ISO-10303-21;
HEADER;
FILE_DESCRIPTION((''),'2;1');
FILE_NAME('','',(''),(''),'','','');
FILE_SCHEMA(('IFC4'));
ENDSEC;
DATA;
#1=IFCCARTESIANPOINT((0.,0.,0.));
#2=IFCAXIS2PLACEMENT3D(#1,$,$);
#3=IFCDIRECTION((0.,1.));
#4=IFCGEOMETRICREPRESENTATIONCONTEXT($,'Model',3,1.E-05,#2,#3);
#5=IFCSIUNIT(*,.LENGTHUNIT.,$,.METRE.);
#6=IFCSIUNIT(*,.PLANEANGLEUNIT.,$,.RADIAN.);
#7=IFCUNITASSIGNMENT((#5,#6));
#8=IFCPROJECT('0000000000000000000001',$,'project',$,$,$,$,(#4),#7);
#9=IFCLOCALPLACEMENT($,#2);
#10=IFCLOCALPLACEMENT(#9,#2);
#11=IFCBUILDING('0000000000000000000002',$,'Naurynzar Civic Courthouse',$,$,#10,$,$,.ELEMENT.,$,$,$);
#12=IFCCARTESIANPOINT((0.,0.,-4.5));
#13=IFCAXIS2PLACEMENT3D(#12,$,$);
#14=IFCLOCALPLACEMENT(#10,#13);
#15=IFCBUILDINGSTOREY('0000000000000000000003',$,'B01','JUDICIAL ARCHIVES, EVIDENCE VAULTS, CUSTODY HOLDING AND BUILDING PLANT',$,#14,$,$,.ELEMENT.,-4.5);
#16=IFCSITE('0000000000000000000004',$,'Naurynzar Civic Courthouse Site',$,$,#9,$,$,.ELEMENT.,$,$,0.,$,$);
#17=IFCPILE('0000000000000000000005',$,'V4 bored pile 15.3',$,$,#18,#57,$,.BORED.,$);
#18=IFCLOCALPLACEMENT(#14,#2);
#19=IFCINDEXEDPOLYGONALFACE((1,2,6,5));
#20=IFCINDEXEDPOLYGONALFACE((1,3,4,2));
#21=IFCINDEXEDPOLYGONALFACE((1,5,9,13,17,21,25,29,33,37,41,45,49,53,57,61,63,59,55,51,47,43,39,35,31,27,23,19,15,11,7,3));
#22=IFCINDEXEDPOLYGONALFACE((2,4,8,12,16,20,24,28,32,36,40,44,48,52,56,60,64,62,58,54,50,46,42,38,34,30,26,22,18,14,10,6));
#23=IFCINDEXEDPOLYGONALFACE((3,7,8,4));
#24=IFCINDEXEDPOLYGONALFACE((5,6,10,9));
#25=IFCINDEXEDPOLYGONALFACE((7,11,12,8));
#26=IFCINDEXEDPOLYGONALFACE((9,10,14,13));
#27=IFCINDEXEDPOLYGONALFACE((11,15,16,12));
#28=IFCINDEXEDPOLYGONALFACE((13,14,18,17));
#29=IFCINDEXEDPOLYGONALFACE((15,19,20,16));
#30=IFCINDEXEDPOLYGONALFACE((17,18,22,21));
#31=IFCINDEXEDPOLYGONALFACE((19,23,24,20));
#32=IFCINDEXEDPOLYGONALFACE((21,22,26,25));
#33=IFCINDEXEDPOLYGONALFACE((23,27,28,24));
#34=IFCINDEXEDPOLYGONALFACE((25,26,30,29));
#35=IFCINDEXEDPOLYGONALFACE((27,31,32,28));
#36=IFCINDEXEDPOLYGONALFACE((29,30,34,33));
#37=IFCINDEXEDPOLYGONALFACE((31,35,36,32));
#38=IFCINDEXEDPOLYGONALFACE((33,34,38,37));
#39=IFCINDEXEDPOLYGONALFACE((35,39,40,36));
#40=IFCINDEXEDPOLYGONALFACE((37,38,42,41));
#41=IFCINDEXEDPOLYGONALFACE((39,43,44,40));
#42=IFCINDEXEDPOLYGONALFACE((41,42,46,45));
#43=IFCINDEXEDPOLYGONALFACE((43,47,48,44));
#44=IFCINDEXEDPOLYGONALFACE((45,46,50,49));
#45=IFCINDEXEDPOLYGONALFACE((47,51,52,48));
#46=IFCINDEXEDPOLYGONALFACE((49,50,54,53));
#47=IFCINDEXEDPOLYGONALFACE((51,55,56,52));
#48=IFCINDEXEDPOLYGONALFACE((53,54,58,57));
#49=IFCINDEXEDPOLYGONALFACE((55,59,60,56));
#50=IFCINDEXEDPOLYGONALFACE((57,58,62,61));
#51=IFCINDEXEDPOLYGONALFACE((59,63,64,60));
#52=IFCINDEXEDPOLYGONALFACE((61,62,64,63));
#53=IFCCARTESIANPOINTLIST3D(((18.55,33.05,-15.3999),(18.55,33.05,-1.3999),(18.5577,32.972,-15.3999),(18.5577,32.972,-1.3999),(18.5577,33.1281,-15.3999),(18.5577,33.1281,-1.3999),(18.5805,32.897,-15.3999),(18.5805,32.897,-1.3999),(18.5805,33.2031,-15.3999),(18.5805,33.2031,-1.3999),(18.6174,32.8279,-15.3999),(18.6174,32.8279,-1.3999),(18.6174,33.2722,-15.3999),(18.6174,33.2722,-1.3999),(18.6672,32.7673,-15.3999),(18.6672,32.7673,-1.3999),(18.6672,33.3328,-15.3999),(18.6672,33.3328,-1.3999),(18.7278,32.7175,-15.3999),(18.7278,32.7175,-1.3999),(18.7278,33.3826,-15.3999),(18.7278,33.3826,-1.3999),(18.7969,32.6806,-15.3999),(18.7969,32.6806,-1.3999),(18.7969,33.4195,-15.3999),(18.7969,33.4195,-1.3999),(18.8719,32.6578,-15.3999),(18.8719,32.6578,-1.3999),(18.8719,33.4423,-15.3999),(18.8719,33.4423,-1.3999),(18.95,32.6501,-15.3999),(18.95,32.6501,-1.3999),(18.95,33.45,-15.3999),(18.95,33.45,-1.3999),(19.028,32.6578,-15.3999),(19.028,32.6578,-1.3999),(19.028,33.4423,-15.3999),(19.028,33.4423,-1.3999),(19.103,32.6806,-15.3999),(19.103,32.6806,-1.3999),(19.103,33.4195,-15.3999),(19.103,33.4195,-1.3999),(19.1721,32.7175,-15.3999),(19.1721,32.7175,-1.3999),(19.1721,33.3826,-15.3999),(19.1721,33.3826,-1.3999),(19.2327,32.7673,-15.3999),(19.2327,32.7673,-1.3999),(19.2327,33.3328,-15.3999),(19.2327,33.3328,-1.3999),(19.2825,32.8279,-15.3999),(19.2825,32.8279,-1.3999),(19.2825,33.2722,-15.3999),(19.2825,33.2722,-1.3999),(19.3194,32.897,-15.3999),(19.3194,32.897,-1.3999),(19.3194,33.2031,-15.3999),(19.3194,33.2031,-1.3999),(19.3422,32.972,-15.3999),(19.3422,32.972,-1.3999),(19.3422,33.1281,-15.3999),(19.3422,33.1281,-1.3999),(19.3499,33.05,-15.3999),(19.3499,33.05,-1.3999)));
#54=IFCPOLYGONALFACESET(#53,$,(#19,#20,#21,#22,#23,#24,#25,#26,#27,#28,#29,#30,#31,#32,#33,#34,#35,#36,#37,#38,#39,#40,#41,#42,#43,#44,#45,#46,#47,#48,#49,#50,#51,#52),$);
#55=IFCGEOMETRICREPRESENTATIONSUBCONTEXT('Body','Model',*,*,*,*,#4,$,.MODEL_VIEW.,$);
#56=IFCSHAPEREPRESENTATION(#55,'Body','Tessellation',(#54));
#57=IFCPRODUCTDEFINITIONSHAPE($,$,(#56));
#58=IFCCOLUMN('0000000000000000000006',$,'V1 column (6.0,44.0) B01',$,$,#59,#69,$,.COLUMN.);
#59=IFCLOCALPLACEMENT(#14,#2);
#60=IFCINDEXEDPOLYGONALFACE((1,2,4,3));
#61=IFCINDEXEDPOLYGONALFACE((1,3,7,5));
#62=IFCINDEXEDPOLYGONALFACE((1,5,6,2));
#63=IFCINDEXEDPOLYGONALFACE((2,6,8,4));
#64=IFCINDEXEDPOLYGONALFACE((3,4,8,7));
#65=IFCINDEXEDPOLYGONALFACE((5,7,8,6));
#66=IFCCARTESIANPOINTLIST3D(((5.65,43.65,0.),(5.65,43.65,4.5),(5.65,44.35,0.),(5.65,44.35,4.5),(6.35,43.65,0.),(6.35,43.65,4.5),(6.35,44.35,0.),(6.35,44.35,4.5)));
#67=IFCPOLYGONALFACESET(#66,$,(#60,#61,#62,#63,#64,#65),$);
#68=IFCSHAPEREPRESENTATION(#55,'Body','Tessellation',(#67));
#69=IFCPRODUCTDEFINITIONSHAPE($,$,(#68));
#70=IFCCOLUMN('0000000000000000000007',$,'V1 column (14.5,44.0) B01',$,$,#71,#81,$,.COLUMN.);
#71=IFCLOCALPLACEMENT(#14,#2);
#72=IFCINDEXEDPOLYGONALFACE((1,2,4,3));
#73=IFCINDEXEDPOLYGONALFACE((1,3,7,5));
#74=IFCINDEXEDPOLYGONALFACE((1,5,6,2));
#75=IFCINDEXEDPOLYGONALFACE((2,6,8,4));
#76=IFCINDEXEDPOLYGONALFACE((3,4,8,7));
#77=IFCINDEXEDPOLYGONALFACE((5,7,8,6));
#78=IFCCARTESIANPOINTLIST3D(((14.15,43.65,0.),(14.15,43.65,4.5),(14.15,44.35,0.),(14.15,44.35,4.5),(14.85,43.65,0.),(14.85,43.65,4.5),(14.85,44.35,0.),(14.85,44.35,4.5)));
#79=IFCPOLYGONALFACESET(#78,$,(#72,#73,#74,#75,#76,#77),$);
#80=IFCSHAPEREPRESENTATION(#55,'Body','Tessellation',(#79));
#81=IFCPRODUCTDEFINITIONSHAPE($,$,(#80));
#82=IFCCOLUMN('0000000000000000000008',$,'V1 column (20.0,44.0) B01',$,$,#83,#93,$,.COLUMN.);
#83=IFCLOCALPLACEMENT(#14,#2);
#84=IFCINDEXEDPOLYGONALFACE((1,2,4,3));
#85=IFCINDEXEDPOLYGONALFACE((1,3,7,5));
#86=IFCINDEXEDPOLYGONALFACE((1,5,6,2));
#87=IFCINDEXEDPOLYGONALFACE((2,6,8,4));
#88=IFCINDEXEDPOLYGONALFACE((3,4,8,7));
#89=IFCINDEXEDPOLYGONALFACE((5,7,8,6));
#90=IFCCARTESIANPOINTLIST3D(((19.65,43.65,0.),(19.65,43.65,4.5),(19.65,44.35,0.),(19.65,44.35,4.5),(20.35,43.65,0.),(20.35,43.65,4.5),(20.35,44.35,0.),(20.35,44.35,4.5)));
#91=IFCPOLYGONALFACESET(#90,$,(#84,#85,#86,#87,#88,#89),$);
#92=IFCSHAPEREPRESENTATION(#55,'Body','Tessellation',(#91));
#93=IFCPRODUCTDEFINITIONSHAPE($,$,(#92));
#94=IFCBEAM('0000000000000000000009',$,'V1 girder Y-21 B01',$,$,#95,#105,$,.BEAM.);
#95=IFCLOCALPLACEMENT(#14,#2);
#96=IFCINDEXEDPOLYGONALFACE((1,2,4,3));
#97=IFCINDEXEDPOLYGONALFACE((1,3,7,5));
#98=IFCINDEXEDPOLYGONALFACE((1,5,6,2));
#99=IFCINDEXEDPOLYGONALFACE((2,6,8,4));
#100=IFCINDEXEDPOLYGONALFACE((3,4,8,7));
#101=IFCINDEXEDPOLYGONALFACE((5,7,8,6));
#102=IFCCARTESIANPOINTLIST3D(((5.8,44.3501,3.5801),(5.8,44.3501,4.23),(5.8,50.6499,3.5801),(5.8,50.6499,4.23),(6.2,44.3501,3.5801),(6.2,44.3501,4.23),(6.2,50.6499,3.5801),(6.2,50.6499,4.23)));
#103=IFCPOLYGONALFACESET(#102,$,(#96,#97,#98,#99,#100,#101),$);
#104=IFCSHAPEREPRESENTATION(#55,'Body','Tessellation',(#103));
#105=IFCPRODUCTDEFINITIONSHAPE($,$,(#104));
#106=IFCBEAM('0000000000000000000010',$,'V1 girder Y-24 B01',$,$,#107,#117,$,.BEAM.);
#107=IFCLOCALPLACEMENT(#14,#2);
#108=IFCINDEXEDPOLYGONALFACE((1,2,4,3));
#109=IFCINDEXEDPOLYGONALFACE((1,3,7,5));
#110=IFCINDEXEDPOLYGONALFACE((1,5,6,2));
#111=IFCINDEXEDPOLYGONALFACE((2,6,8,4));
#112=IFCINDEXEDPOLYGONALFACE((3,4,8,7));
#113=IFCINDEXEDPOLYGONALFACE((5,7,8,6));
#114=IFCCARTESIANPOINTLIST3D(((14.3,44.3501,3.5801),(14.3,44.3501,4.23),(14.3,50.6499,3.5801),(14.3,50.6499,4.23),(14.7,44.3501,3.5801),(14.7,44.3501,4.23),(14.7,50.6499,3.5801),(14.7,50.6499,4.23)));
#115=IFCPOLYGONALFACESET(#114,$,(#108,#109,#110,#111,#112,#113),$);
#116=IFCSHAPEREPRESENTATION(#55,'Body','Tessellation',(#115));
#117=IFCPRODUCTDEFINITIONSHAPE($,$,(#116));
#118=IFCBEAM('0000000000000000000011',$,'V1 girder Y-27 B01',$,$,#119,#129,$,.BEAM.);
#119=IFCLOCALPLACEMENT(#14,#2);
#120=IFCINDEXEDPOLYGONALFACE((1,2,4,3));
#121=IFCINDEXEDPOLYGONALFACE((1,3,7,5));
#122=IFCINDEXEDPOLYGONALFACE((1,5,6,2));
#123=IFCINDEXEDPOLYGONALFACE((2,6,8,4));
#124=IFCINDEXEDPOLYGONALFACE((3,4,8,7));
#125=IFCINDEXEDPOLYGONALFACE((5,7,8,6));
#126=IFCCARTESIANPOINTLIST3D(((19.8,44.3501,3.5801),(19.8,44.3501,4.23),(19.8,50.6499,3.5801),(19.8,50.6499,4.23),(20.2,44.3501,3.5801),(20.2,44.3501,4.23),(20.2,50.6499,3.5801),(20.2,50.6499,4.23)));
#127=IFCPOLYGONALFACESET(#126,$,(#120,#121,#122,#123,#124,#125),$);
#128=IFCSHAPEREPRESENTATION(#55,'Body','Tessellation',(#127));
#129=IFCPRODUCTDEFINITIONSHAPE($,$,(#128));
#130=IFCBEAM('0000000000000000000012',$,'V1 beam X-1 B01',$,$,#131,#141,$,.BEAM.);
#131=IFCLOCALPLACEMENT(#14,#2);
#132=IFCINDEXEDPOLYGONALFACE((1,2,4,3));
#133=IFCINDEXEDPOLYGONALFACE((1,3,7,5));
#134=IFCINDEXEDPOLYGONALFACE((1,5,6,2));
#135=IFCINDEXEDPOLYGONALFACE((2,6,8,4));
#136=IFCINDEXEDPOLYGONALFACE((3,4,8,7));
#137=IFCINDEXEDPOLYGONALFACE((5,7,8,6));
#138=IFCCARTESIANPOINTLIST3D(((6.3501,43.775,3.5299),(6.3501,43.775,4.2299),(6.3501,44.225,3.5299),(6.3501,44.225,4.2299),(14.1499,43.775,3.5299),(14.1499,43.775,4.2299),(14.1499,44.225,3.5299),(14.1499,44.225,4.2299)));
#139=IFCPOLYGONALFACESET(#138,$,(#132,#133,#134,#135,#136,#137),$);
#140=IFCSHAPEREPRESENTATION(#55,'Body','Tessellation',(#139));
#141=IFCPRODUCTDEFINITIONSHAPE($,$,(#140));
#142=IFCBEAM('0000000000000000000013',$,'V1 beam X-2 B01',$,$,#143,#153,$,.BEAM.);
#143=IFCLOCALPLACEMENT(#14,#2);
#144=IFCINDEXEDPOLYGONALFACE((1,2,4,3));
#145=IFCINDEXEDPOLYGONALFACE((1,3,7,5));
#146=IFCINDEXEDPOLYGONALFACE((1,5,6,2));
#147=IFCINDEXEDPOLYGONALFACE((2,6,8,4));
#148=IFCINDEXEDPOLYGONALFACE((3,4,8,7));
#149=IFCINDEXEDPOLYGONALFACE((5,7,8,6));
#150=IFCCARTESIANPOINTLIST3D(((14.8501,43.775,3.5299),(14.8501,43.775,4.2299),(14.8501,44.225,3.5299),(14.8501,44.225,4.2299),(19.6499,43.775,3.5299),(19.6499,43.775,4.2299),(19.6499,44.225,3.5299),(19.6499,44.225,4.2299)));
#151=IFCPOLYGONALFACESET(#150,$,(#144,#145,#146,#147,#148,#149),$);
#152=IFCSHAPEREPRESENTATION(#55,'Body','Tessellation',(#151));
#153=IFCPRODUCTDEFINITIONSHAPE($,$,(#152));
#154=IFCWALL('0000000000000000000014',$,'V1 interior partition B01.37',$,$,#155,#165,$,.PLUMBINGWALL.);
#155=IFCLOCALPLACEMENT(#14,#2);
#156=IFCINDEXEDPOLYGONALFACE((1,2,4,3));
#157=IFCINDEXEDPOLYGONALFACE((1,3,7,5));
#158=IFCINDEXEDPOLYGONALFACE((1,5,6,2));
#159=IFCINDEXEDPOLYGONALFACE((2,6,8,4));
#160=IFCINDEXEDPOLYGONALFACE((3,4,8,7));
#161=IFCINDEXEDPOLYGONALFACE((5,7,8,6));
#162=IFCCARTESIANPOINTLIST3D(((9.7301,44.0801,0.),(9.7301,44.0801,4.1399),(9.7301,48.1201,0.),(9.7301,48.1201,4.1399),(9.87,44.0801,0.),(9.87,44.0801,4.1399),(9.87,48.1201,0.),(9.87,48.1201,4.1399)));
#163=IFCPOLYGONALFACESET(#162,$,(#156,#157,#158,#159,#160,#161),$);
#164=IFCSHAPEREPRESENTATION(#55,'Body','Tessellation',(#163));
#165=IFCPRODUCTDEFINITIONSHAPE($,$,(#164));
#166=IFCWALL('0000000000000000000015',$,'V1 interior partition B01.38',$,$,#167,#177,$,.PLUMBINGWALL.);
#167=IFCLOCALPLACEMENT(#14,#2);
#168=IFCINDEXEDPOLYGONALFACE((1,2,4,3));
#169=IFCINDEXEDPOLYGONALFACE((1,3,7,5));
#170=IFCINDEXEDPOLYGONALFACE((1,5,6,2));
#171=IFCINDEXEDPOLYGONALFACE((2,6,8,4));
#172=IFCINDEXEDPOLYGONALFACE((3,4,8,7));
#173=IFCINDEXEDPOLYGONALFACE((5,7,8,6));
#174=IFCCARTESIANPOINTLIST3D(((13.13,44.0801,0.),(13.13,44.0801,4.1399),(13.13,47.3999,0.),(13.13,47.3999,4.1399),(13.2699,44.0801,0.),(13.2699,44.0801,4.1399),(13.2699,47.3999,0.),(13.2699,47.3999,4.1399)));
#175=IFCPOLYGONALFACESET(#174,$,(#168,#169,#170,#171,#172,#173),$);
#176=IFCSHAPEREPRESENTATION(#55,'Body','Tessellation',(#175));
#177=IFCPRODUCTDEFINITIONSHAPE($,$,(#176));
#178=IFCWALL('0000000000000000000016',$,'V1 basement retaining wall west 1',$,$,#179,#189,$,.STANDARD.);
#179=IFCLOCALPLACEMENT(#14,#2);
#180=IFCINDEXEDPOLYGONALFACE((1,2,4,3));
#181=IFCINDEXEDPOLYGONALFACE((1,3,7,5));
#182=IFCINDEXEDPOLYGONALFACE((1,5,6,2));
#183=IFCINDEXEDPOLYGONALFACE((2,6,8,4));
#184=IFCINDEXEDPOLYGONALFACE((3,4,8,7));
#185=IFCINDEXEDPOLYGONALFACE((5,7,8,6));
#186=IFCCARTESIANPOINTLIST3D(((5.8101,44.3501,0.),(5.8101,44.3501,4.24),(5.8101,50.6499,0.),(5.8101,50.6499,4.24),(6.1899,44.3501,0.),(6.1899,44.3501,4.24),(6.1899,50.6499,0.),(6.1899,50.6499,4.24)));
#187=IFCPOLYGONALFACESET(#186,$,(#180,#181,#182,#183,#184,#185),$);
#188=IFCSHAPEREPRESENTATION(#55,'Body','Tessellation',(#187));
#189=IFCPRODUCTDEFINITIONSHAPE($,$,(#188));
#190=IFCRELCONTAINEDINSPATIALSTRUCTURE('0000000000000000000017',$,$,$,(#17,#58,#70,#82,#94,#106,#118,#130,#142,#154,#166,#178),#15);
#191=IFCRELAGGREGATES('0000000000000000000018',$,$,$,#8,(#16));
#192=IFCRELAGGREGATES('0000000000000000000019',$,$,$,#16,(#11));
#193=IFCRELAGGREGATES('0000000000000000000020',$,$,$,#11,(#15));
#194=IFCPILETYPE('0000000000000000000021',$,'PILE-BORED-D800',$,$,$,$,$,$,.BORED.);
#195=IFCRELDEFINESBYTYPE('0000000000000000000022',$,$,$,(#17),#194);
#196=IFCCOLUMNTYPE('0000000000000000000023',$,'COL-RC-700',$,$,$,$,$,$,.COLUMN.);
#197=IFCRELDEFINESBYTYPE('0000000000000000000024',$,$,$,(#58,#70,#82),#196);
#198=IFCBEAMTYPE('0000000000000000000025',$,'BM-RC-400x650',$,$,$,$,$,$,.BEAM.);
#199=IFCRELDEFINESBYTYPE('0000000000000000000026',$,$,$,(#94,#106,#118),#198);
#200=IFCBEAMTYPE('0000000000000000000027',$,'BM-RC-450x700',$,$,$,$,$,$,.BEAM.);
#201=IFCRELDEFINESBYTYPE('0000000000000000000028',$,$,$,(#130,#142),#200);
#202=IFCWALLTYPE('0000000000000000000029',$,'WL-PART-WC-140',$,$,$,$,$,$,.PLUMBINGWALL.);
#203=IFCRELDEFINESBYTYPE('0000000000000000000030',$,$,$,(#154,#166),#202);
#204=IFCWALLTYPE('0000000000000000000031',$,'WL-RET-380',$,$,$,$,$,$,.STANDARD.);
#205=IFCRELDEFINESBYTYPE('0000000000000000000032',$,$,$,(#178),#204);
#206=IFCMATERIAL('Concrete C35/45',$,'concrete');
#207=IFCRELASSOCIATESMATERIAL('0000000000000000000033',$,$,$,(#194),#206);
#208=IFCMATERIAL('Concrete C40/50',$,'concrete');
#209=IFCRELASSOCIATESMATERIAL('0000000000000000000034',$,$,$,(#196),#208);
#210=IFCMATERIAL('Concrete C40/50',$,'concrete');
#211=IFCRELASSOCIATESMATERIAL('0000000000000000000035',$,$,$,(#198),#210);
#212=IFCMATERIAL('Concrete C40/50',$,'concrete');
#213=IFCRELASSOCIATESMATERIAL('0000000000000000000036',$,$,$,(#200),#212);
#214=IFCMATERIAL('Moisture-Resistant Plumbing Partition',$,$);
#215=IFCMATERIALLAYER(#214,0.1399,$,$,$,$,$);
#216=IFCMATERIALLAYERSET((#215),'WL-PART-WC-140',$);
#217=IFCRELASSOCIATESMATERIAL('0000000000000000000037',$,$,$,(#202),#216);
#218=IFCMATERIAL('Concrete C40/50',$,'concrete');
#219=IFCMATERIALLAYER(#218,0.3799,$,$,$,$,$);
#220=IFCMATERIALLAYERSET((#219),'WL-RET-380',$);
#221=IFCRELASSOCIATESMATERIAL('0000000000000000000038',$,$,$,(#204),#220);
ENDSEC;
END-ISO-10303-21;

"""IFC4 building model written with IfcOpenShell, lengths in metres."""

from ifc_helpers import new_model, si_unit, direction, frame, frame_2d, origin, origin_2d, place, context, subcontext, project, spatial, rectangle, circle, extrude, material, layer, layer_set, material_profile, profile_set, type_object, element, save


model = new_model("IFC4")

# Units and contexts
model_context = context("Model", 3, precision=1e-05, world=origin(), true_north=direction((0.0, 1.0)))
body_context = subcontext(model_context, "Body", "Model", "MODEL_VIEW")
ifc_project = project(units=[si_unit("LENGTHUNIT", "METRE"), si_unit("PLANEANGLEUNIT", "RADIAN")], contexts=[model_context])

# Site, building, storey
site_placement = place(None, origin())
site = spatial("IfcSite", under=ifc_project, at=site_placement, Name="Naurynzar Civic Courthouse Site", CompositionType="ELEMENT", RefElevation=0.0)
building_placement = place(site_placement, origin())
building = spatial("IfcBuilding", under=site, at=building_placement, Name="Naurynzar Civic Courthouse", CompositionType="ELEMENT")
storey_placement = place(building_placement, frame((0.0, 0.0, -4.5)))
storey = spatial("IfcBuildingStorey", under=building, at=storey_placement, Name="B01", Description="JUDICIAL ARCHIVES, EVIDENCE VAULTS, CUSTODY HOLDING AND BUILDING PLANT", CompositionType="ELEMENT", Elevation=-4.5)

# Pile
ifc_material_1 = material(Name="Concrete C35/45", Category="concrete")
ifc_material_profile_1 = material_profile(ifc_material_1, circle(Radius=0.3999, at=origin_2d()), Name="PILE D800")
ifc_profile_set_1 = profile_set([ifc_material_profile_1], Name="Concrete C35/45")
pile_type = type_object("IfcPileType", Name="PILE-BORED-D800", PredefinedType="BORED", material=ifc_profile_set_1)
for number, where, z_axis, x_axis, name in (
    (1, (18.95, 33.05, -1.3999), (0.0, 0.0, -1.0), (1.0, 0.0, 0.0), "V4 bored pile 15.3"),
):
    element("IfcPile", number, at=place(storey_placement, frame(where, z_axis=z_axis, x_axis=x_axis)), inside=storey, type_object=pile_type, Name=name, PredefinedType="BORED", context=body_context, shape_type="SweptSolid", body=[
        extrude(circle(Radius=0.3999, at=origin_2d()), origin(), (0.0, 0.0, 1.0), 14.0),
    ])

# Columns
ifc_material_2 = material(Name="Concrete C40/50", Category="concrete")
ifc_material_profile_2 = material_profile(ifc_material_2, rectangle(XDim=0.7, YDim=0.7, at=origin_2d()), Name="RC 700x700")
ifc_profile_set_2 = profile_set([ifc_material_profile_2], Name="Concrete C40/50")
column_type = type_object("IfcColumnType", Name="COL-RC-700", PredefinedType="COLUMN", material=ifc_profile_set_2)
for number, where, z_axis, x_axis, name in (
    (2, (6.0, 44.0, 0.0), (0.0, 0.0, 1.0), (1.0, 0.0, 0.0), "V1 column (6.0,44.0) B01"),
    (3, (14.5, 44.0, 0.0), (0.0, 0.0, 1.0), (1.0, 0.0, 0.0), "V1 column (14.5,44.0) B01"),
    (4, (20.0, 44.0, 0.0), (0.0, 0.0, 1.0), (1.0, 0.0, 0.0), "V1 column (20.0,44.0) B01"),
):
    element("IfcColumn", number, at=place(storey_placement, frame(where, z_axis=z_axis, x_axis=x_axis)), inside=storey, type_object=column_type, Name=name, PredefinedType="COLUMN", context=body_context, shape_type="SweptSolid", body=[
        extrude(rectangle(XDim=0.7, YDim=0.7, at=origin_2d()), origin(), (0.0, 0.0, 1.0), 4.5),
    ])

# Beams
ifc_material_3 = material(Name="Concrete C40/50", Category="concrete")
ifc_material_profile_3 = material_profile(ifc_material_3, rectangle(XDim=0.3999, YDim=0.6499, at=origin_2d()), Name="RCB 400x650")
ifc_profile_set_3 = profile_set([ifc_material_profile_3], Name="Concrete C40/50")
beam_type_1 = type_object("IfcBeamType", Name="BM-RC-400x650", PredefinedType="BEAM", material=ifc_profile_set_3)
for number, where, z_axis, x_axis, name in (
    (5, (6.0, 44.3501, 3.905), (0.0, 1.0, 0.0), (-1.0, 0.0, 0.0), "V1 girder Y-21 B01"),
    (6, (14.5, 44.3501, 3.905), (0.0, 1.0, 0.0), (-1.0, 0.0, 0.0), "V1 girder Y-24 B01"),
    (7, (20.0, 44.3501, 3.905), (0.0, 1.0, 0.0), (-1.0, 0.0, 0.0), "V1 girder Y-27 B01"),
):
    element("IfcBeam", number, at=place(storey_placement, frame(where, z_axis=z_axis, x_axis=x_axis)), inside=storey, type_object=beam_type_1, Name=name, PredefinedType="BEAM", context=body_context, shape_type="SweptSolid", body=[
        extrude(rectangle(XDim=0.3999, YDim=0.6499, at=origin_2d()), origin(), (0.0, 0.0, 1.0), 6.2998),
    ])
ifc_material_4 = material(Name="Concrete C40/50", Category="concrete")
ifc_material_profile_4 = material_profile(ifc_material_4, rectangle(XDim=0.45, YDim=0.7, at=origin_2d()), Name="RCB 450x700")
ifc_profile_set_4 = profile_set([ifc_material_profile_4], Name="Concrete C40/50")
beam_type_2 = type_object("IfcBeamType", Name="BM-RC-450x700", PredefinedType="BEAM", material=ifc_profile_set_4)
beam_1_placement = place(storey_placement, frame((6.3501, 44.0, 3.8799), z_axis=(1.0, 0.0, 0.0), x_axis=(0.0, 1.0, 0.0)))
element("IfcBeam", 8, at=beam_1_placement, inside=storey, type_object=beam_type_2, Name="V1 beam X-1 B01", PredefinedType="BEAM", context=body_context, shape_type="SweptSolid", body=[
    extrude(rectangle(XDim=0.45, YDim=0.7, at=origin_2d()), origin(), (0.0, 0.0, 1.0), 7.7998),
])
beam_2_placement = place(storey_placement, frame((14.8501, 44.0, 3.8799), z_axis=(1.0, 0.0, 0.0), x_axis=(0.0, 1.0, 0.0)))
element("IfcBeam", 9, at=beam_2_placement, inside=storey, type_object=beam_type_2, Name="V1 beam X-2 B01", PredefinedType="BEAM", context=body_context, shape_type="SweptSolid", body=[
    extrude(rectangle(XDim=0.45, YDim=0.7, at=origin_2d()), origin(), (0.0, 0.0, 1.0), 4.7998),
])

# Walls
ifc_material_5 = material(Name="Moisture-Resistant Plumbing Partition")
ifc_layer_1 = layer(ifc_material_5, 0.1399)
ifc_layer_set_1 = layer_set([ifc_layer_1], Name="WL-PART-WC-140")
wall_type_1 = type_object("IfcWallType", Name="WL-PART-WC-140", PredefinedType="PLUMBINGWALL", material=ifc_layer_set_1)
wall_1_placement = place(storey_placement, frame((9.8, 44.0801, 0.0), z_axis=(0.0, 0.0, 1.0), x_axis=(0.0, 1.0, 0.0)))
element("IfcWall", 10, at=wall_1_placement, inside=storey, type_object=wall_type_1, Name="V1 interior partition B01.37", PredefinedType="PLUMBINGWALL", context=body_context, shape_type="SweptSolid", body=[
    extrude(rectangle(XDim=4.04, YDim=0.1399, at=frame_2d((2.02, 0.0))), origin(), (0.0, 0.0, 1.0), 4.1399),
])
wall_2_placement = place(storey_placement, frame((13.2, 44.0801, 0.0), z_axis=(0.0, 0.0, 1.0), x_axis=(0.0, 1.0, 0.0)))
element("IfcWall", 11, at=wall_2_placement, inside=storey, type_object=wall_type_1, Name="V1 interior partition B01.38", PredefinedType="PLUMBINGWALL", context=body_context, shape_type="SweptSolid", body=[
    extrude(rectangle(XDim=3.3198, YDim=0.1399, at=frame_2d((1.6599, 0.0))), origin(), (0.0, 0.0, 1.0), 4.1399),
])
ifc_material_6 = material(Name="Concrete C40/50", Category="concrete")
ifc_layer_2 = layer(ifc_material_6, 0.3799)
ifc_layer_set_2 = layer_set([ifc_layer_2], Name="WL-RET-380")
wall_type_2 = type_object("IfcWallType", Name="WL-RET-380", PredefinedType="STANDARD", material=ifc_layer_set_2)
wall_3_placement = place(storey_placement, frame((6.0, 44.3501, 0.0), z_axis=(0.0, 0.0, 1.0), x_axis=(0.0, 1.0, 0.0)))
element("IfcWall", 12, at=wall_3_placement, inside=storey, type_object=wall_type_2, Name="V1 basement retaining wall west 1", PredefinedType="STANDARD", context=body_context, shape_type="SweptSolid", body=[
    extrude(rectangle(XDim=6.2998, YDim=0.3799, at=frame_2d((3.1499, 0.0))), origin(), (0.0, 0.0, 1.0), 4.24),
])

save(model, "model.ifc")
